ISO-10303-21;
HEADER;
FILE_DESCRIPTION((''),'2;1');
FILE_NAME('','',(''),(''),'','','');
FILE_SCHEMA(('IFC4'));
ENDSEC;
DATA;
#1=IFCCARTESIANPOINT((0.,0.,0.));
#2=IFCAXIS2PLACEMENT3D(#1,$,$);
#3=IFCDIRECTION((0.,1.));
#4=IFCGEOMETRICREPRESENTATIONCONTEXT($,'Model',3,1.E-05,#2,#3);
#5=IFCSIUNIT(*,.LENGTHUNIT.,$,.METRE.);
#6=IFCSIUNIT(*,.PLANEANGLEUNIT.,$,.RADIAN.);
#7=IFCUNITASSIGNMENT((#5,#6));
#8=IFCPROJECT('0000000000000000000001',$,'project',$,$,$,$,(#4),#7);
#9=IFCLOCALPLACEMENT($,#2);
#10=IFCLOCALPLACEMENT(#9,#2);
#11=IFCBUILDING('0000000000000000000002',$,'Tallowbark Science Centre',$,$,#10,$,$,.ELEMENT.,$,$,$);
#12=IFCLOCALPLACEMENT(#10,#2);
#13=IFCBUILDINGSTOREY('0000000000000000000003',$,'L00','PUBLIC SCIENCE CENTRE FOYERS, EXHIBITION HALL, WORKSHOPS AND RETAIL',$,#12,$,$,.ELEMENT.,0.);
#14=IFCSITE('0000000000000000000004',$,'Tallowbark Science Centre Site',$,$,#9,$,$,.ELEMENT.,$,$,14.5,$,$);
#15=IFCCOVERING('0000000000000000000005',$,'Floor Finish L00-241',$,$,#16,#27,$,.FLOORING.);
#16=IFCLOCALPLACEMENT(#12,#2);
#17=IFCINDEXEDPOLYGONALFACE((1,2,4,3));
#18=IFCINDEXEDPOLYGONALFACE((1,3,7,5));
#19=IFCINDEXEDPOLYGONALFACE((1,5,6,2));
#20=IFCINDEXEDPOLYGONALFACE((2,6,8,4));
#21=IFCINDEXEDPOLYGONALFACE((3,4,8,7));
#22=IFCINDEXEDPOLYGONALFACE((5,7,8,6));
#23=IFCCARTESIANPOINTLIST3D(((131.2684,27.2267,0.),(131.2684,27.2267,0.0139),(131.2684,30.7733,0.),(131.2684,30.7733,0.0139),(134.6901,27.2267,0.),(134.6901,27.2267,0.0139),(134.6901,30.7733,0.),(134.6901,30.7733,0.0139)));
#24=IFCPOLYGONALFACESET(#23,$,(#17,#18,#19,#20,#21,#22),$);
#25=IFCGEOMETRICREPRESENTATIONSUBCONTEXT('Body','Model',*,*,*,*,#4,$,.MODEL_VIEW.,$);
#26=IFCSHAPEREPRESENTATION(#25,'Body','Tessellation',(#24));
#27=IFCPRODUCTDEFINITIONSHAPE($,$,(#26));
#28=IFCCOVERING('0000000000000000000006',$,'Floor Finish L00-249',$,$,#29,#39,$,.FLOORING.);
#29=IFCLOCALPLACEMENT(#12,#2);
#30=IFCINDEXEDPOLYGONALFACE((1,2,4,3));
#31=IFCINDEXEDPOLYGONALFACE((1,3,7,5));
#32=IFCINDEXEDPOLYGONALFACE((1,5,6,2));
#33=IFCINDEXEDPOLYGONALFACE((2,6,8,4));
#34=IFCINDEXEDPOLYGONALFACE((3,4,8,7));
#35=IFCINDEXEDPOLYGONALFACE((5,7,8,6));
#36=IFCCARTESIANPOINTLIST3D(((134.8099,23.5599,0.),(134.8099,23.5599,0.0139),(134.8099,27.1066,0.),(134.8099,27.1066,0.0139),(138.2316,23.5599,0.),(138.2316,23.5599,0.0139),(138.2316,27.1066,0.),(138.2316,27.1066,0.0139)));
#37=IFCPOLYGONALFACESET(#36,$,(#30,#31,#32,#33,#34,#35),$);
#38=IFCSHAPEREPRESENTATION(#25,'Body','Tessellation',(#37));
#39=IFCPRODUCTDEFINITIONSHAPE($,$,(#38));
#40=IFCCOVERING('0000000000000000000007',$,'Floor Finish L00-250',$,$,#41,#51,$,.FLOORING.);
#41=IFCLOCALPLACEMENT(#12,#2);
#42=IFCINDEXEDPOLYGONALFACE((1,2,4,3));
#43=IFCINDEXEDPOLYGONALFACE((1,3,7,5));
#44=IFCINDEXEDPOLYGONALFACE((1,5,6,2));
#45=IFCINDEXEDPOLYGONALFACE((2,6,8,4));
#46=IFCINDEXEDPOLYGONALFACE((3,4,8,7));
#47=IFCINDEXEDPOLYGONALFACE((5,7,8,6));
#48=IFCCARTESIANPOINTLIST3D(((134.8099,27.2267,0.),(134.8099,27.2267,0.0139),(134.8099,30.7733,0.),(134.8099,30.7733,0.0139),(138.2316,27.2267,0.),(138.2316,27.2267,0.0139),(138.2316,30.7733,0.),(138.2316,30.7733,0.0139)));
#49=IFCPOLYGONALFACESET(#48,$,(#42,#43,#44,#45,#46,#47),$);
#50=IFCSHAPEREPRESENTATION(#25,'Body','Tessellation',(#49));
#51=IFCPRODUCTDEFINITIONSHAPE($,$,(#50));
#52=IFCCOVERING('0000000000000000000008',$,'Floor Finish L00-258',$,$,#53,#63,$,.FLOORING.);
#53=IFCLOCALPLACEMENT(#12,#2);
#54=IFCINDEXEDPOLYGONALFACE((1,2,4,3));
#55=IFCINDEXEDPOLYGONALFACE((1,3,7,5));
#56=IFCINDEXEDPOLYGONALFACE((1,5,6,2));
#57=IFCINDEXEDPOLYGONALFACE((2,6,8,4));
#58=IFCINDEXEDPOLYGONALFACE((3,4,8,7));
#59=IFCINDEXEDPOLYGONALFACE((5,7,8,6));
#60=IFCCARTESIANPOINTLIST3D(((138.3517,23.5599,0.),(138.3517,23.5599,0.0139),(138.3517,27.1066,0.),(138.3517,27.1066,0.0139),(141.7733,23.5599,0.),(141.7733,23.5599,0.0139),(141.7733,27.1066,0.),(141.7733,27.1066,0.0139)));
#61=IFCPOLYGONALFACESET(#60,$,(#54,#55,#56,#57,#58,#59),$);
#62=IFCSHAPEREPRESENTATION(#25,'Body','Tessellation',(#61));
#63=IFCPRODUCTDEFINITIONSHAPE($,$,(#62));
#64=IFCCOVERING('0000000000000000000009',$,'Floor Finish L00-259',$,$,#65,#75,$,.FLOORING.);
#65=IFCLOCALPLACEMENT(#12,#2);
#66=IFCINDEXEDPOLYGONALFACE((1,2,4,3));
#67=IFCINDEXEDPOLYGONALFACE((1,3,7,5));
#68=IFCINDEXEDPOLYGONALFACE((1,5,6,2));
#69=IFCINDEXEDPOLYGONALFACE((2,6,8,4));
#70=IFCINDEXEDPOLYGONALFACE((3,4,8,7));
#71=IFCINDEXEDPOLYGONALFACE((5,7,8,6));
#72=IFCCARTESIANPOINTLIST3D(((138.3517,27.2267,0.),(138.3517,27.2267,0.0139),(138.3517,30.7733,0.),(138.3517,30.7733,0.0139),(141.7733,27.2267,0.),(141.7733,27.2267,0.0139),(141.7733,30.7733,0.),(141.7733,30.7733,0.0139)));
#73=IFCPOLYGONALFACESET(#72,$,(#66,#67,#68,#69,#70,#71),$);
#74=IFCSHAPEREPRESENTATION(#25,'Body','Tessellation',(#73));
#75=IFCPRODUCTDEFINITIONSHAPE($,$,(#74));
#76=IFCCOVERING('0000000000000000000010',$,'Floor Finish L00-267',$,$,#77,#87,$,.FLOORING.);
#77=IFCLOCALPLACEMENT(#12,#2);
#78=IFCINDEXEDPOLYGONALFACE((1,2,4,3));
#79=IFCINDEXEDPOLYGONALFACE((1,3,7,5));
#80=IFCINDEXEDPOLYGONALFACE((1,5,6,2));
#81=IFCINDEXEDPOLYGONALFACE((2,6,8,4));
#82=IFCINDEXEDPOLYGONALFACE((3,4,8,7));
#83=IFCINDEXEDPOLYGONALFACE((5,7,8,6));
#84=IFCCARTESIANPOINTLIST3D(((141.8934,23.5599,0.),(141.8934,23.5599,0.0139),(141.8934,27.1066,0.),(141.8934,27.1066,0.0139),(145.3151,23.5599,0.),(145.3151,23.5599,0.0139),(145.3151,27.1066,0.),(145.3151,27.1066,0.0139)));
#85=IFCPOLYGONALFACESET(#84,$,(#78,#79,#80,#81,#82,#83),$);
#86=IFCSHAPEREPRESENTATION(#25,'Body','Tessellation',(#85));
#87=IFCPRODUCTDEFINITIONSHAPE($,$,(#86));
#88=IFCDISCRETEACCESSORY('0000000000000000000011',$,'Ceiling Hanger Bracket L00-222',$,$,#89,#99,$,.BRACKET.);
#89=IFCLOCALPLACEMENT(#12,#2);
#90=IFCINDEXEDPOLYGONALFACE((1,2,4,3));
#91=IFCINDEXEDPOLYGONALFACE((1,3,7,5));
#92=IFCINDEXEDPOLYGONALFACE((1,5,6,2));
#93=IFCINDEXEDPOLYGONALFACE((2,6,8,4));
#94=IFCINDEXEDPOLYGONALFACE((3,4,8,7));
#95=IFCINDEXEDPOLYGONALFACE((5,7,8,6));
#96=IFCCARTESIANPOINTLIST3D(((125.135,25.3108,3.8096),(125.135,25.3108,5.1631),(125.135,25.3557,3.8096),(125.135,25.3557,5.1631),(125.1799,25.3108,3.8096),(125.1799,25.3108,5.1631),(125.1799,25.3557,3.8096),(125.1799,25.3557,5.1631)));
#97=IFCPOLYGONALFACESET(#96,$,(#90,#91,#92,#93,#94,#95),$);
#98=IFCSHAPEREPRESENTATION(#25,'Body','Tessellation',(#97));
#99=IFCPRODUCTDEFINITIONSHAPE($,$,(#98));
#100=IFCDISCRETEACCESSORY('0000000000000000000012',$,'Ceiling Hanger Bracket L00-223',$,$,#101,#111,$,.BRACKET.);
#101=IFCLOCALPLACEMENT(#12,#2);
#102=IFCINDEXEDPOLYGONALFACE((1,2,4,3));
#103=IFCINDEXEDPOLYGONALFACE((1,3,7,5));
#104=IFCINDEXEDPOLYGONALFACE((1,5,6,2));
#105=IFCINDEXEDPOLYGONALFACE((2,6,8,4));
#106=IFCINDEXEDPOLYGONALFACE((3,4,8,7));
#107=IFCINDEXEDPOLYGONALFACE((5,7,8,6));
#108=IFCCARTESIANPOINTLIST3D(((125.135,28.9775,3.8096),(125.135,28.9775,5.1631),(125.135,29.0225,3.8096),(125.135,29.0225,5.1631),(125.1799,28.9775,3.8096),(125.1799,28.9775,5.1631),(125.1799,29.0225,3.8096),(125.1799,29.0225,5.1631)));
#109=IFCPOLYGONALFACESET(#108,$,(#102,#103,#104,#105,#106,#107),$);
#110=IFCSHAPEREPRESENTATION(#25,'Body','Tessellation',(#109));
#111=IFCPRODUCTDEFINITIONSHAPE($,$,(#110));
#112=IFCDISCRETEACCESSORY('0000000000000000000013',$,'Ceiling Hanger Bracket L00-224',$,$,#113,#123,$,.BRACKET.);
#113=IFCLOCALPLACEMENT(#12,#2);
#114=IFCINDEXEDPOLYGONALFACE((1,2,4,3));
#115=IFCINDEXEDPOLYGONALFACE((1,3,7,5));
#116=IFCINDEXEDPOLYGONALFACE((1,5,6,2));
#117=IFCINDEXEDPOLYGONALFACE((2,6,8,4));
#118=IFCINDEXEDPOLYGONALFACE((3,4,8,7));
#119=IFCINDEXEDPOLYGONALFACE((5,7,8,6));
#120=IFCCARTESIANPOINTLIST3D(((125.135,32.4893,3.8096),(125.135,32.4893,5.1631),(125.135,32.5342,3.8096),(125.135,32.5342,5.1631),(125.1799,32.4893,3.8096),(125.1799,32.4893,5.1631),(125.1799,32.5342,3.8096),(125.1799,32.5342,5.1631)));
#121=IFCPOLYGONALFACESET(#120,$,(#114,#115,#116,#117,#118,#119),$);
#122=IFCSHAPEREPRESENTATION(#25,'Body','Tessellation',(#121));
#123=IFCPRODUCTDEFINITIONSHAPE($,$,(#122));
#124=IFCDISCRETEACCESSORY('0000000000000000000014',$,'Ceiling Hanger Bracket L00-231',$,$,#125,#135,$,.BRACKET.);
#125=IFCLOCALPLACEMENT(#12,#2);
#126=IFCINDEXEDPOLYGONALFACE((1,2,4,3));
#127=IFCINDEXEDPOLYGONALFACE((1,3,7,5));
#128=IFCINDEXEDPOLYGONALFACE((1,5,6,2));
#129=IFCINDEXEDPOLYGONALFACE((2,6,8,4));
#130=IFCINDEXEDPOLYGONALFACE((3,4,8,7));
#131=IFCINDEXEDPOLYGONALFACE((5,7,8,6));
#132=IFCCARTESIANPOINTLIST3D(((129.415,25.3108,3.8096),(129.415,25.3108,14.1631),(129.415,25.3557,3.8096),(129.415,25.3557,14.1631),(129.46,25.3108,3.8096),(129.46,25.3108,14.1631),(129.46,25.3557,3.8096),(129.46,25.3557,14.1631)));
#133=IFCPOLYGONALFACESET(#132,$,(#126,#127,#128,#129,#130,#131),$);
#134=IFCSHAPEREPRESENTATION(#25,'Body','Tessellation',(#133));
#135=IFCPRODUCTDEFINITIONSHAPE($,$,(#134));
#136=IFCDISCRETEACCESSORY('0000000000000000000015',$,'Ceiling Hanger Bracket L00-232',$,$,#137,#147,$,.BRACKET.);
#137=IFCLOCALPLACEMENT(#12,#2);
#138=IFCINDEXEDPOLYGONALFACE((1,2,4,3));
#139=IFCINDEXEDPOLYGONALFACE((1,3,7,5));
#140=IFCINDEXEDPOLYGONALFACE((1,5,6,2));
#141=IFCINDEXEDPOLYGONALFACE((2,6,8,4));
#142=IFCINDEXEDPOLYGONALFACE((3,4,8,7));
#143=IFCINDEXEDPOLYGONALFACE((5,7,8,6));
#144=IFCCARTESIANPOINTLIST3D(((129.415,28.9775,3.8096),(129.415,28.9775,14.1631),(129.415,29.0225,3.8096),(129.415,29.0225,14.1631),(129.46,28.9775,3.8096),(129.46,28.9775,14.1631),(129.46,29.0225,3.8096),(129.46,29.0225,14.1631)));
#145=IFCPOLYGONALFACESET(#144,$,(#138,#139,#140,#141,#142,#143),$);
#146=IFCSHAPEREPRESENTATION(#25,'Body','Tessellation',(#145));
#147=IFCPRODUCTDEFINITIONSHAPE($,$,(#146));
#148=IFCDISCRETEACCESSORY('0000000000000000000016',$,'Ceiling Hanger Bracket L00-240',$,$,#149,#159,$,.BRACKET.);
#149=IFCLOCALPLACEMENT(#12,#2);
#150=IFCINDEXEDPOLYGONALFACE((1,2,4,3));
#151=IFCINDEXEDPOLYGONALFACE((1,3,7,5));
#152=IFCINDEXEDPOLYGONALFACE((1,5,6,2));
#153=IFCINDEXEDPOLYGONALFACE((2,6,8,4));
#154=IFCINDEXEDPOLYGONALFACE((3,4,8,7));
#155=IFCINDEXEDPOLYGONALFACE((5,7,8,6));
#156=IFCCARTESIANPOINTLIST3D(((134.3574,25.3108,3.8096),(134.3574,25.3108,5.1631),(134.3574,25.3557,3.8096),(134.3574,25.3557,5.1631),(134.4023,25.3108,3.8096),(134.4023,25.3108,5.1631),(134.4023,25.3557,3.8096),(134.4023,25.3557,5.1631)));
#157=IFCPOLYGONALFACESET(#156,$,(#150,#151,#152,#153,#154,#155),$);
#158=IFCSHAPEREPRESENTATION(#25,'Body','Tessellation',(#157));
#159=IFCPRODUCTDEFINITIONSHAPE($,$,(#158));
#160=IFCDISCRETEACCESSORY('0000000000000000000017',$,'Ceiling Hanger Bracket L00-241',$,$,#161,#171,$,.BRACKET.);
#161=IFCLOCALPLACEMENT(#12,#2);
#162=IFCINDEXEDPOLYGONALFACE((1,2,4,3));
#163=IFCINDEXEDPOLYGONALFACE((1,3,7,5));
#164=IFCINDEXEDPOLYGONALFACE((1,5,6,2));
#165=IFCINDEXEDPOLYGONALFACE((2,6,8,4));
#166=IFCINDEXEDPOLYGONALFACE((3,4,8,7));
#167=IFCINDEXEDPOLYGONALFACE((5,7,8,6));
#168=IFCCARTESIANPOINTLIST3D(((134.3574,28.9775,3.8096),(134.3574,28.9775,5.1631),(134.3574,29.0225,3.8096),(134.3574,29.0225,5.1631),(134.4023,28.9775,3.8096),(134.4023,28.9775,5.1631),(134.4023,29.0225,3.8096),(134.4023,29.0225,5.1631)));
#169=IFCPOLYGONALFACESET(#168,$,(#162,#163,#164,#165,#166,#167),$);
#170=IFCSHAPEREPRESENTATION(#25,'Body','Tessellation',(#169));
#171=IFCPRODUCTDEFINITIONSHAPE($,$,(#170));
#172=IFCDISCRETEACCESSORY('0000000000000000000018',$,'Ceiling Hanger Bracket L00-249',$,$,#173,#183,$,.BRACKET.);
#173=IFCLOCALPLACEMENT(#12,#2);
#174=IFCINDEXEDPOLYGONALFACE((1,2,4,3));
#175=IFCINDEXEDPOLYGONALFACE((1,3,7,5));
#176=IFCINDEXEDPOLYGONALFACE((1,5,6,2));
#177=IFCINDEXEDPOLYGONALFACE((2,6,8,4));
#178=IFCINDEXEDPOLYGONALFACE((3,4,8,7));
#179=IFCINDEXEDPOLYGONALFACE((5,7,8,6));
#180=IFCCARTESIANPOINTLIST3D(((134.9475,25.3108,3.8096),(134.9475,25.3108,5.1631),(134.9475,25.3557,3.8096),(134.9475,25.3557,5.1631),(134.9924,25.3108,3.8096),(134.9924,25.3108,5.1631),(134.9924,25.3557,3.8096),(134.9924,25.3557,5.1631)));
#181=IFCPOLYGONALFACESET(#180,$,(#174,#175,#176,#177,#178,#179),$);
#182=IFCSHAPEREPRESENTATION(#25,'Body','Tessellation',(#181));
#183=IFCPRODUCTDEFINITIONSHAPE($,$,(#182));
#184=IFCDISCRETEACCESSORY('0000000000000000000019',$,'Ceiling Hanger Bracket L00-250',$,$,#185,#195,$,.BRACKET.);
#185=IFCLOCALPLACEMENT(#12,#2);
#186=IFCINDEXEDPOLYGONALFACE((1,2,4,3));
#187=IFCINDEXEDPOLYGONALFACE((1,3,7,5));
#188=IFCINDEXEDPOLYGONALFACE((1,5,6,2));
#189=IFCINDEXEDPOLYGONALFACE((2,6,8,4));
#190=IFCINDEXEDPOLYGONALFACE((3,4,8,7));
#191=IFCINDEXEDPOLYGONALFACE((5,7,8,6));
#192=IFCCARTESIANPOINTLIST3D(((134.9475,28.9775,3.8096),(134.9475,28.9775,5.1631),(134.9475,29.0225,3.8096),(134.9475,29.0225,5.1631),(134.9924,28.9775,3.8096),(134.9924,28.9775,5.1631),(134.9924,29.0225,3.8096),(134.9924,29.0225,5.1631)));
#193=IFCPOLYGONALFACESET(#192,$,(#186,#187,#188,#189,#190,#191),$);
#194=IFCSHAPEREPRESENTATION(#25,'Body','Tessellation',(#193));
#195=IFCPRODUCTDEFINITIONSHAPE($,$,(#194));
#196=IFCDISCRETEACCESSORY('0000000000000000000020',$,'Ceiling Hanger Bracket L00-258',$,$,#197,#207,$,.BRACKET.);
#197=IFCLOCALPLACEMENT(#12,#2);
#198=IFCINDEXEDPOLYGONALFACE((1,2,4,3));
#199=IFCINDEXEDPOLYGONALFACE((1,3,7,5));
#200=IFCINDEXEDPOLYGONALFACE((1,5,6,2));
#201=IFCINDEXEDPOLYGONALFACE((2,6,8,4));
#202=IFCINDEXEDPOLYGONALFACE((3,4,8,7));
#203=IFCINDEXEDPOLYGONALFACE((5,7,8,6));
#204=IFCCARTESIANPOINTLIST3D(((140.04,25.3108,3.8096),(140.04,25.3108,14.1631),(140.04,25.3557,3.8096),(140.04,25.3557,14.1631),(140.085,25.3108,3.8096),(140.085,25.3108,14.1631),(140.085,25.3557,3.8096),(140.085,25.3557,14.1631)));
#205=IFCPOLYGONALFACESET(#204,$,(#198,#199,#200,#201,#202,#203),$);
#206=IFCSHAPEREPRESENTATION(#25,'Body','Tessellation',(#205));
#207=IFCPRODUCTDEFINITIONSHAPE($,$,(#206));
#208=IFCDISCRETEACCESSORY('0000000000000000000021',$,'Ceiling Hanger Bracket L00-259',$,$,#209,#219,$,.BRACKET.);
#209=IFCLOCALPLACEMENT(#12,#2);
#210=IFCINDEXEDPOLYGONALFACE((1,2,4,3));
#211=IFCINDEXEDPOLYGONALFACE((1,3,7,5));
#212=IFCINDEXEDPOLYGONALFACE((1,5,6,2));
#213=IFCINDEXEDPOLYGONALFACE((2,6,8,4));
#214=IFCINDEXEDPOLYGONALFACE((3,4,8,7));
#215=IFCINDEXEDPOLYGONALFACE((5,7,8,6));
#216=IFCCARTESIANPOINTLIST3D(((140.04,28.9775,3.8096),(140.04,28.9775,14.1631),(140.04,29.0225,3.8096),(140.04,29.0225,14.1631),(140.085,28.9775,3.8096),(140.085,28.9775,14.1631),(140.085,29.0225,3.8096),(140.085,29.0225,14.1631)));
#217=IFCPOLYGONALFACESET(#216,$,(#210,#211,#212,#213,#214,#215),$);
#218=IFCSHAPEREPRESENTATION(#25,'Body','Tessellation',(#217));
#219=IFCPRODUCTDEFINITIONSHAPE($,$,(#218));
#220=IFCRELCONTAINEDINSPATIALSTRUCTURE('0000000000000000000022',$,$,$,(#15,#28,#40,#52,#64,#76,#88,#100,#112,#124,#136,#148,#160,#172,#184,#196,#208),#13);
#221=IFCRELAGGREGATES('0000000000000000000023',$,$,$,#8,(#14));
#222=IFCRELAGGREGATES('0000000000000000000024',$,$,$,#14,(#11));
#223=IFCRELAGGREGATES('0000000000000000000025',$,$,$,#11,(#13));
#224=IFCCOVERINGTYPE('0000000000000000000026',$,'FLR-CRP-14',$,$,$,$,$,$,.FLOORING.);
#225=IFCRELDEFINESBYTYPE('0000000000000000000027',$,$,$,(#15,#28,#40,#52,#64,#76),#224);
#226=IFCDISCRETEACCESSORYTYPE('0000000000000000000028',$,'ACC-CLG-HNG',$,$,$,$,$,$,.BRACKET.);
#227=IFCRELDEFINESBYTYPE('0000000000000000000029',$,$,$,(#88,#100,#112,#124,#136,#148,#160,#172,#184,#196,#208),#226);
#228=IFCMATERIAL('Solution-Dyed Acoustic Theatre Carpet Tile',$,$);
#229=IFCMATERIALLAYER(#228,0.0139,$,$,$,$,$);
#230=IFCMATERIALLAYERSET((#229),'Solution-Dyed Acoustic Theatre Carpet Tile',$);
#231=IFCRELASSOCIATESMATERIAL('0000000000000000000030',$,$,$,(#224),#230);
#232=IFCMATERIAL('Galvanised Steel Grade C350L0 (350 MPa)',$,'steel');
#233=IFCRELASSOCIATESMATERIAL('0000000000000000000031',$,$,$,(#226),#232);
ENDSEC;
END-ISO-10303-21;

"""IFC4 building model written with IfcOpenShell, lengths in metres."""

from ifc_helpers import new_model, si_unit, direction, frame, origin, origin_2d, place, context, subcontext, project, spatial, rectangle, extrude, material, layer, layer_set, type_object, element, save


model = new_model("IFC4")

# Units and contexts
model_context = context("Model", 3, precision=1e-05, world=origin(), true_north=direction((0.0, 1.0)))
body_context = subcontext(model_context, "Body", "Model", "MODEL_VIEW")
ifc_project = project(units=[si_unit("LENGTHUNIT", "METRE"), si_unit("PLANEANGLEUNIT", "RADIAN")], contexts=[model_context])

# Site, building, storey
site_placement = place(None, origin())
site = spatial("IfcSite", under=ifc_project, at=site_placement, Name="Tallowbark Science Centre Site", CompositionType="ELEMENT", RefElevation=14.5)
building_placement = place(site_placement, origin())
building = spatial("IfcBuilding", under=site, at=building_placement, Name="Tallowbark Science Centre", CompositionType="ELEMENT")
storey_placement = place(building_placement, origin())
storey = spatial("IfcBuildingStorey", under=building, at=storey_placement, Name="L00", Description="PUBLIC SCIENCE CENTRE FOYERS, EXHIBITION HALL, WORKSHOPS AND RETAIL", CompositionType="ELEMENT", Elevation=0.0)

# Coverings
ifc_material_1 = material(Name="Solution-Dyed Acoustic Theatre Carpet Tile")
ifc_layer_1 = layer(ifc_material_1, 0.0139)
ifc_layer_set_1 = layer_set([ifc_layer_1], Name="Solution-Dyed Acoustic Theatre Carpet Tile")
covering_type_1 = type_object("IfcCoveringType", Name="FLR-CRP-14", PredefinedType="FLOORING", material=ifc_layer_set_1)
for number, where, z_axis, x_axis, name in (
    (1, (132.9792, 29.0, 0.0), (0.0, 0.0, 1.0), (1.0, 0.0, 0.0), "Floor Finish L00-241"),
    (2, (136.5208, 25.3333, 0.0), (0.0, 0.0, 1.0), (1.0, 0.0, 0.0), "Floor Finish L00-249"),
    (3, (136.5208, 29.0, 0.0), (0.0, 0.0, 1.0), (1.0, 0.0, 0.0), "Floor Finish L00-250"),
    (4, (140.0625, 25.3333, 0.0), (0.0, 0.0, 1.0), (1.0, 0.0, 0.0), "Floor Finish L00-258"),
    (5, (140.0625, 29.0, 0.0), (0.0, 0.0, 1.0), (1.0, 0.0, 0.0), "Floor Finish L00-259"),
    (6, (143.6042, 25.3333, 0.0), (0.0, 0.0, 1.0), (1.0, 0.0, 0.0), "Floor Finish L00-267"),
):
    element("IfcCovering", number, at=place(storey_placement, frame(where, z_axis=z_axis, x_axis=x_axis)), inside=storey, type_object=covering_type_1, Name=name, PredefinedType="FLOORING", context=body_context, shape_type="SweptSolid", body=[
        extrude(rectangle(XDim=3.4216, YDim=3.5466, at=origin_2d()), origin(), (0.0, 0.0, 1.0), 0.0139),
    ])

# Discrete accessories
ifc_material_2 = material(Name="Galvanised Steel Grade C350L0 (350 MPa)", Category="steel")
discrete_accessory_type = type_object("IfcDiscreteAccessoryType", Name="ACC-CLG-HNG", PredefinedType="BRACKET", material=ifc_material_2)
for number, where, z_axis, x_axis, name in (
    (7, (125.1575, 25.3333, 3.8096), (0.0, 0.0, 1.0), (1.0, 0.0, 0.0), "Ceiling Hanger Bracket L00-222"),
    (8, (125.1575, 29.0, 3.8096), (0.0, 0.0, 1.0), (1.0, 0.0, 0.0), "Ceiling Hanger Bracket L00-223"),
    (9, (125.1575, 32.5117, 3.8096), (0.0, 0.0, 1.0), (1.0, 0.0, 0.0), "Ceiling Hanger Bracket L00-224"),
):
    element("IfcDiscreteAccessory", number, at=place(storey_placement, frame(where, z_axis=z_axis, x_axis=x_axis)), inside=storey, type_object=discrete_accessory_type, Name=name, PredefinedType="BRACKET", context=body_context, shape_type="SweptSolid", body=[
        extrude(rectangle(XDim=0.0449, YDim=0.0449, at=origin_2d()), origin(), (0.0, 0.0, 1.0), 1.3535),
    ])
for number, where, z_axis, x_axis, name in (
    (10, (129.4375, 25.3333, 3.8096), (0.0, 0.0, 1.0), (1.0, 0.0, 0.0), "Ceiling Hanger Bracket L00-231"),
    (11, (129.4375, 29.0, 3.8096), (0.0, 0.0, 1.0), (1.0, 0.0, 0.0), "Ceiling Hanger Bracket L00-232"),
):
    element("IfcDiscreteAccessory", number, at=place(storey_placement, frame(where, z_axis=z_axis, x_axis=x_axis)), inside=storey, type_object=discrete_accessory_type, Name=name, PredefinedType="BRACKET", context=body_context, shape_type="SweptSolid", body=[
        extrude(rectangle(XDim=0.0449, YDim=0.0449, at=origin_2d()), origin(), (0.0, 0.0, 1.0), 10.3535),
    ])
for number, where, z_axis, x_axis, name in (
    (12, (134.3799, 25.3333, 3.8096), (0.0, 0.0, 1.0), (1.0, 0.0, 0.0), "Ceiling Hanger Bracket L00-240"),
    (13, (134.3799, 29.0, 3.8096), (0.0, 0.0, 1.0), (1.0, 0.0, 0.0), "Ceiling Hanger Bracket L00-241"),
    (14, (134.97, 25.3333, 3.8096), (0.0, 0.0, 1.0), (1.0, 0.0, 0.0), "Ceiling Hanger Bracket L00-249"),
    (15, (134.97, 29.0, 3.8096), (0.0, 0.0, 1.0), (1.0, 0.0, 0.0), "Ceiling Hanger Bracket L00-250"),
):
    element("IfcDiscreteAccessory", number, at=place(storey_placement, frame(where, z_axis=z_axis, x_axis=x_axis)), inside=storey, type_object=discrete_accessory_type, Name=name, PredefinedType="BRACKET", context=body_context, shape_type="SweptSolid", body=[
        extrude(rectangle(XDim=0.0449, YDim=0.0449, at=origin_2d()), origin(), (0.0, 0.0, 1.0), 1.3535),
    ])
for number, where, z_axis, x_axis, name in (
    (16, (140.0625, 25.3333, 3.8096), (0.0, 0.0, 1.0), (1.0, 0.0, 0.0), "Ceiling Hanger Bracket L00-258"),
    (17, (140.0625, 29.0, 3.8096), (0.0, 0.0, 1.0), (1.0, 0.0, 0.0), "Ceiling Hanger Bracket L00-259"),
):
    element("IfcDiscreteAccessory", number, at=place(storey_placement, frame(where, z_axis=z_axis, x_axis=x_axis)), inside=storey, type_object=discrete_accessory_type, Name=name, PredefinedType="BRACKET", context=body_context, shape_type="SweptSolid", body=[
        extrude(rectangle(XDim=0.0449, YDim=0.0449, at=origin_2d()), origin(), (0.0, 0.0, 1.0), 10.3535),
    ])

save(model, "model.ifc")
